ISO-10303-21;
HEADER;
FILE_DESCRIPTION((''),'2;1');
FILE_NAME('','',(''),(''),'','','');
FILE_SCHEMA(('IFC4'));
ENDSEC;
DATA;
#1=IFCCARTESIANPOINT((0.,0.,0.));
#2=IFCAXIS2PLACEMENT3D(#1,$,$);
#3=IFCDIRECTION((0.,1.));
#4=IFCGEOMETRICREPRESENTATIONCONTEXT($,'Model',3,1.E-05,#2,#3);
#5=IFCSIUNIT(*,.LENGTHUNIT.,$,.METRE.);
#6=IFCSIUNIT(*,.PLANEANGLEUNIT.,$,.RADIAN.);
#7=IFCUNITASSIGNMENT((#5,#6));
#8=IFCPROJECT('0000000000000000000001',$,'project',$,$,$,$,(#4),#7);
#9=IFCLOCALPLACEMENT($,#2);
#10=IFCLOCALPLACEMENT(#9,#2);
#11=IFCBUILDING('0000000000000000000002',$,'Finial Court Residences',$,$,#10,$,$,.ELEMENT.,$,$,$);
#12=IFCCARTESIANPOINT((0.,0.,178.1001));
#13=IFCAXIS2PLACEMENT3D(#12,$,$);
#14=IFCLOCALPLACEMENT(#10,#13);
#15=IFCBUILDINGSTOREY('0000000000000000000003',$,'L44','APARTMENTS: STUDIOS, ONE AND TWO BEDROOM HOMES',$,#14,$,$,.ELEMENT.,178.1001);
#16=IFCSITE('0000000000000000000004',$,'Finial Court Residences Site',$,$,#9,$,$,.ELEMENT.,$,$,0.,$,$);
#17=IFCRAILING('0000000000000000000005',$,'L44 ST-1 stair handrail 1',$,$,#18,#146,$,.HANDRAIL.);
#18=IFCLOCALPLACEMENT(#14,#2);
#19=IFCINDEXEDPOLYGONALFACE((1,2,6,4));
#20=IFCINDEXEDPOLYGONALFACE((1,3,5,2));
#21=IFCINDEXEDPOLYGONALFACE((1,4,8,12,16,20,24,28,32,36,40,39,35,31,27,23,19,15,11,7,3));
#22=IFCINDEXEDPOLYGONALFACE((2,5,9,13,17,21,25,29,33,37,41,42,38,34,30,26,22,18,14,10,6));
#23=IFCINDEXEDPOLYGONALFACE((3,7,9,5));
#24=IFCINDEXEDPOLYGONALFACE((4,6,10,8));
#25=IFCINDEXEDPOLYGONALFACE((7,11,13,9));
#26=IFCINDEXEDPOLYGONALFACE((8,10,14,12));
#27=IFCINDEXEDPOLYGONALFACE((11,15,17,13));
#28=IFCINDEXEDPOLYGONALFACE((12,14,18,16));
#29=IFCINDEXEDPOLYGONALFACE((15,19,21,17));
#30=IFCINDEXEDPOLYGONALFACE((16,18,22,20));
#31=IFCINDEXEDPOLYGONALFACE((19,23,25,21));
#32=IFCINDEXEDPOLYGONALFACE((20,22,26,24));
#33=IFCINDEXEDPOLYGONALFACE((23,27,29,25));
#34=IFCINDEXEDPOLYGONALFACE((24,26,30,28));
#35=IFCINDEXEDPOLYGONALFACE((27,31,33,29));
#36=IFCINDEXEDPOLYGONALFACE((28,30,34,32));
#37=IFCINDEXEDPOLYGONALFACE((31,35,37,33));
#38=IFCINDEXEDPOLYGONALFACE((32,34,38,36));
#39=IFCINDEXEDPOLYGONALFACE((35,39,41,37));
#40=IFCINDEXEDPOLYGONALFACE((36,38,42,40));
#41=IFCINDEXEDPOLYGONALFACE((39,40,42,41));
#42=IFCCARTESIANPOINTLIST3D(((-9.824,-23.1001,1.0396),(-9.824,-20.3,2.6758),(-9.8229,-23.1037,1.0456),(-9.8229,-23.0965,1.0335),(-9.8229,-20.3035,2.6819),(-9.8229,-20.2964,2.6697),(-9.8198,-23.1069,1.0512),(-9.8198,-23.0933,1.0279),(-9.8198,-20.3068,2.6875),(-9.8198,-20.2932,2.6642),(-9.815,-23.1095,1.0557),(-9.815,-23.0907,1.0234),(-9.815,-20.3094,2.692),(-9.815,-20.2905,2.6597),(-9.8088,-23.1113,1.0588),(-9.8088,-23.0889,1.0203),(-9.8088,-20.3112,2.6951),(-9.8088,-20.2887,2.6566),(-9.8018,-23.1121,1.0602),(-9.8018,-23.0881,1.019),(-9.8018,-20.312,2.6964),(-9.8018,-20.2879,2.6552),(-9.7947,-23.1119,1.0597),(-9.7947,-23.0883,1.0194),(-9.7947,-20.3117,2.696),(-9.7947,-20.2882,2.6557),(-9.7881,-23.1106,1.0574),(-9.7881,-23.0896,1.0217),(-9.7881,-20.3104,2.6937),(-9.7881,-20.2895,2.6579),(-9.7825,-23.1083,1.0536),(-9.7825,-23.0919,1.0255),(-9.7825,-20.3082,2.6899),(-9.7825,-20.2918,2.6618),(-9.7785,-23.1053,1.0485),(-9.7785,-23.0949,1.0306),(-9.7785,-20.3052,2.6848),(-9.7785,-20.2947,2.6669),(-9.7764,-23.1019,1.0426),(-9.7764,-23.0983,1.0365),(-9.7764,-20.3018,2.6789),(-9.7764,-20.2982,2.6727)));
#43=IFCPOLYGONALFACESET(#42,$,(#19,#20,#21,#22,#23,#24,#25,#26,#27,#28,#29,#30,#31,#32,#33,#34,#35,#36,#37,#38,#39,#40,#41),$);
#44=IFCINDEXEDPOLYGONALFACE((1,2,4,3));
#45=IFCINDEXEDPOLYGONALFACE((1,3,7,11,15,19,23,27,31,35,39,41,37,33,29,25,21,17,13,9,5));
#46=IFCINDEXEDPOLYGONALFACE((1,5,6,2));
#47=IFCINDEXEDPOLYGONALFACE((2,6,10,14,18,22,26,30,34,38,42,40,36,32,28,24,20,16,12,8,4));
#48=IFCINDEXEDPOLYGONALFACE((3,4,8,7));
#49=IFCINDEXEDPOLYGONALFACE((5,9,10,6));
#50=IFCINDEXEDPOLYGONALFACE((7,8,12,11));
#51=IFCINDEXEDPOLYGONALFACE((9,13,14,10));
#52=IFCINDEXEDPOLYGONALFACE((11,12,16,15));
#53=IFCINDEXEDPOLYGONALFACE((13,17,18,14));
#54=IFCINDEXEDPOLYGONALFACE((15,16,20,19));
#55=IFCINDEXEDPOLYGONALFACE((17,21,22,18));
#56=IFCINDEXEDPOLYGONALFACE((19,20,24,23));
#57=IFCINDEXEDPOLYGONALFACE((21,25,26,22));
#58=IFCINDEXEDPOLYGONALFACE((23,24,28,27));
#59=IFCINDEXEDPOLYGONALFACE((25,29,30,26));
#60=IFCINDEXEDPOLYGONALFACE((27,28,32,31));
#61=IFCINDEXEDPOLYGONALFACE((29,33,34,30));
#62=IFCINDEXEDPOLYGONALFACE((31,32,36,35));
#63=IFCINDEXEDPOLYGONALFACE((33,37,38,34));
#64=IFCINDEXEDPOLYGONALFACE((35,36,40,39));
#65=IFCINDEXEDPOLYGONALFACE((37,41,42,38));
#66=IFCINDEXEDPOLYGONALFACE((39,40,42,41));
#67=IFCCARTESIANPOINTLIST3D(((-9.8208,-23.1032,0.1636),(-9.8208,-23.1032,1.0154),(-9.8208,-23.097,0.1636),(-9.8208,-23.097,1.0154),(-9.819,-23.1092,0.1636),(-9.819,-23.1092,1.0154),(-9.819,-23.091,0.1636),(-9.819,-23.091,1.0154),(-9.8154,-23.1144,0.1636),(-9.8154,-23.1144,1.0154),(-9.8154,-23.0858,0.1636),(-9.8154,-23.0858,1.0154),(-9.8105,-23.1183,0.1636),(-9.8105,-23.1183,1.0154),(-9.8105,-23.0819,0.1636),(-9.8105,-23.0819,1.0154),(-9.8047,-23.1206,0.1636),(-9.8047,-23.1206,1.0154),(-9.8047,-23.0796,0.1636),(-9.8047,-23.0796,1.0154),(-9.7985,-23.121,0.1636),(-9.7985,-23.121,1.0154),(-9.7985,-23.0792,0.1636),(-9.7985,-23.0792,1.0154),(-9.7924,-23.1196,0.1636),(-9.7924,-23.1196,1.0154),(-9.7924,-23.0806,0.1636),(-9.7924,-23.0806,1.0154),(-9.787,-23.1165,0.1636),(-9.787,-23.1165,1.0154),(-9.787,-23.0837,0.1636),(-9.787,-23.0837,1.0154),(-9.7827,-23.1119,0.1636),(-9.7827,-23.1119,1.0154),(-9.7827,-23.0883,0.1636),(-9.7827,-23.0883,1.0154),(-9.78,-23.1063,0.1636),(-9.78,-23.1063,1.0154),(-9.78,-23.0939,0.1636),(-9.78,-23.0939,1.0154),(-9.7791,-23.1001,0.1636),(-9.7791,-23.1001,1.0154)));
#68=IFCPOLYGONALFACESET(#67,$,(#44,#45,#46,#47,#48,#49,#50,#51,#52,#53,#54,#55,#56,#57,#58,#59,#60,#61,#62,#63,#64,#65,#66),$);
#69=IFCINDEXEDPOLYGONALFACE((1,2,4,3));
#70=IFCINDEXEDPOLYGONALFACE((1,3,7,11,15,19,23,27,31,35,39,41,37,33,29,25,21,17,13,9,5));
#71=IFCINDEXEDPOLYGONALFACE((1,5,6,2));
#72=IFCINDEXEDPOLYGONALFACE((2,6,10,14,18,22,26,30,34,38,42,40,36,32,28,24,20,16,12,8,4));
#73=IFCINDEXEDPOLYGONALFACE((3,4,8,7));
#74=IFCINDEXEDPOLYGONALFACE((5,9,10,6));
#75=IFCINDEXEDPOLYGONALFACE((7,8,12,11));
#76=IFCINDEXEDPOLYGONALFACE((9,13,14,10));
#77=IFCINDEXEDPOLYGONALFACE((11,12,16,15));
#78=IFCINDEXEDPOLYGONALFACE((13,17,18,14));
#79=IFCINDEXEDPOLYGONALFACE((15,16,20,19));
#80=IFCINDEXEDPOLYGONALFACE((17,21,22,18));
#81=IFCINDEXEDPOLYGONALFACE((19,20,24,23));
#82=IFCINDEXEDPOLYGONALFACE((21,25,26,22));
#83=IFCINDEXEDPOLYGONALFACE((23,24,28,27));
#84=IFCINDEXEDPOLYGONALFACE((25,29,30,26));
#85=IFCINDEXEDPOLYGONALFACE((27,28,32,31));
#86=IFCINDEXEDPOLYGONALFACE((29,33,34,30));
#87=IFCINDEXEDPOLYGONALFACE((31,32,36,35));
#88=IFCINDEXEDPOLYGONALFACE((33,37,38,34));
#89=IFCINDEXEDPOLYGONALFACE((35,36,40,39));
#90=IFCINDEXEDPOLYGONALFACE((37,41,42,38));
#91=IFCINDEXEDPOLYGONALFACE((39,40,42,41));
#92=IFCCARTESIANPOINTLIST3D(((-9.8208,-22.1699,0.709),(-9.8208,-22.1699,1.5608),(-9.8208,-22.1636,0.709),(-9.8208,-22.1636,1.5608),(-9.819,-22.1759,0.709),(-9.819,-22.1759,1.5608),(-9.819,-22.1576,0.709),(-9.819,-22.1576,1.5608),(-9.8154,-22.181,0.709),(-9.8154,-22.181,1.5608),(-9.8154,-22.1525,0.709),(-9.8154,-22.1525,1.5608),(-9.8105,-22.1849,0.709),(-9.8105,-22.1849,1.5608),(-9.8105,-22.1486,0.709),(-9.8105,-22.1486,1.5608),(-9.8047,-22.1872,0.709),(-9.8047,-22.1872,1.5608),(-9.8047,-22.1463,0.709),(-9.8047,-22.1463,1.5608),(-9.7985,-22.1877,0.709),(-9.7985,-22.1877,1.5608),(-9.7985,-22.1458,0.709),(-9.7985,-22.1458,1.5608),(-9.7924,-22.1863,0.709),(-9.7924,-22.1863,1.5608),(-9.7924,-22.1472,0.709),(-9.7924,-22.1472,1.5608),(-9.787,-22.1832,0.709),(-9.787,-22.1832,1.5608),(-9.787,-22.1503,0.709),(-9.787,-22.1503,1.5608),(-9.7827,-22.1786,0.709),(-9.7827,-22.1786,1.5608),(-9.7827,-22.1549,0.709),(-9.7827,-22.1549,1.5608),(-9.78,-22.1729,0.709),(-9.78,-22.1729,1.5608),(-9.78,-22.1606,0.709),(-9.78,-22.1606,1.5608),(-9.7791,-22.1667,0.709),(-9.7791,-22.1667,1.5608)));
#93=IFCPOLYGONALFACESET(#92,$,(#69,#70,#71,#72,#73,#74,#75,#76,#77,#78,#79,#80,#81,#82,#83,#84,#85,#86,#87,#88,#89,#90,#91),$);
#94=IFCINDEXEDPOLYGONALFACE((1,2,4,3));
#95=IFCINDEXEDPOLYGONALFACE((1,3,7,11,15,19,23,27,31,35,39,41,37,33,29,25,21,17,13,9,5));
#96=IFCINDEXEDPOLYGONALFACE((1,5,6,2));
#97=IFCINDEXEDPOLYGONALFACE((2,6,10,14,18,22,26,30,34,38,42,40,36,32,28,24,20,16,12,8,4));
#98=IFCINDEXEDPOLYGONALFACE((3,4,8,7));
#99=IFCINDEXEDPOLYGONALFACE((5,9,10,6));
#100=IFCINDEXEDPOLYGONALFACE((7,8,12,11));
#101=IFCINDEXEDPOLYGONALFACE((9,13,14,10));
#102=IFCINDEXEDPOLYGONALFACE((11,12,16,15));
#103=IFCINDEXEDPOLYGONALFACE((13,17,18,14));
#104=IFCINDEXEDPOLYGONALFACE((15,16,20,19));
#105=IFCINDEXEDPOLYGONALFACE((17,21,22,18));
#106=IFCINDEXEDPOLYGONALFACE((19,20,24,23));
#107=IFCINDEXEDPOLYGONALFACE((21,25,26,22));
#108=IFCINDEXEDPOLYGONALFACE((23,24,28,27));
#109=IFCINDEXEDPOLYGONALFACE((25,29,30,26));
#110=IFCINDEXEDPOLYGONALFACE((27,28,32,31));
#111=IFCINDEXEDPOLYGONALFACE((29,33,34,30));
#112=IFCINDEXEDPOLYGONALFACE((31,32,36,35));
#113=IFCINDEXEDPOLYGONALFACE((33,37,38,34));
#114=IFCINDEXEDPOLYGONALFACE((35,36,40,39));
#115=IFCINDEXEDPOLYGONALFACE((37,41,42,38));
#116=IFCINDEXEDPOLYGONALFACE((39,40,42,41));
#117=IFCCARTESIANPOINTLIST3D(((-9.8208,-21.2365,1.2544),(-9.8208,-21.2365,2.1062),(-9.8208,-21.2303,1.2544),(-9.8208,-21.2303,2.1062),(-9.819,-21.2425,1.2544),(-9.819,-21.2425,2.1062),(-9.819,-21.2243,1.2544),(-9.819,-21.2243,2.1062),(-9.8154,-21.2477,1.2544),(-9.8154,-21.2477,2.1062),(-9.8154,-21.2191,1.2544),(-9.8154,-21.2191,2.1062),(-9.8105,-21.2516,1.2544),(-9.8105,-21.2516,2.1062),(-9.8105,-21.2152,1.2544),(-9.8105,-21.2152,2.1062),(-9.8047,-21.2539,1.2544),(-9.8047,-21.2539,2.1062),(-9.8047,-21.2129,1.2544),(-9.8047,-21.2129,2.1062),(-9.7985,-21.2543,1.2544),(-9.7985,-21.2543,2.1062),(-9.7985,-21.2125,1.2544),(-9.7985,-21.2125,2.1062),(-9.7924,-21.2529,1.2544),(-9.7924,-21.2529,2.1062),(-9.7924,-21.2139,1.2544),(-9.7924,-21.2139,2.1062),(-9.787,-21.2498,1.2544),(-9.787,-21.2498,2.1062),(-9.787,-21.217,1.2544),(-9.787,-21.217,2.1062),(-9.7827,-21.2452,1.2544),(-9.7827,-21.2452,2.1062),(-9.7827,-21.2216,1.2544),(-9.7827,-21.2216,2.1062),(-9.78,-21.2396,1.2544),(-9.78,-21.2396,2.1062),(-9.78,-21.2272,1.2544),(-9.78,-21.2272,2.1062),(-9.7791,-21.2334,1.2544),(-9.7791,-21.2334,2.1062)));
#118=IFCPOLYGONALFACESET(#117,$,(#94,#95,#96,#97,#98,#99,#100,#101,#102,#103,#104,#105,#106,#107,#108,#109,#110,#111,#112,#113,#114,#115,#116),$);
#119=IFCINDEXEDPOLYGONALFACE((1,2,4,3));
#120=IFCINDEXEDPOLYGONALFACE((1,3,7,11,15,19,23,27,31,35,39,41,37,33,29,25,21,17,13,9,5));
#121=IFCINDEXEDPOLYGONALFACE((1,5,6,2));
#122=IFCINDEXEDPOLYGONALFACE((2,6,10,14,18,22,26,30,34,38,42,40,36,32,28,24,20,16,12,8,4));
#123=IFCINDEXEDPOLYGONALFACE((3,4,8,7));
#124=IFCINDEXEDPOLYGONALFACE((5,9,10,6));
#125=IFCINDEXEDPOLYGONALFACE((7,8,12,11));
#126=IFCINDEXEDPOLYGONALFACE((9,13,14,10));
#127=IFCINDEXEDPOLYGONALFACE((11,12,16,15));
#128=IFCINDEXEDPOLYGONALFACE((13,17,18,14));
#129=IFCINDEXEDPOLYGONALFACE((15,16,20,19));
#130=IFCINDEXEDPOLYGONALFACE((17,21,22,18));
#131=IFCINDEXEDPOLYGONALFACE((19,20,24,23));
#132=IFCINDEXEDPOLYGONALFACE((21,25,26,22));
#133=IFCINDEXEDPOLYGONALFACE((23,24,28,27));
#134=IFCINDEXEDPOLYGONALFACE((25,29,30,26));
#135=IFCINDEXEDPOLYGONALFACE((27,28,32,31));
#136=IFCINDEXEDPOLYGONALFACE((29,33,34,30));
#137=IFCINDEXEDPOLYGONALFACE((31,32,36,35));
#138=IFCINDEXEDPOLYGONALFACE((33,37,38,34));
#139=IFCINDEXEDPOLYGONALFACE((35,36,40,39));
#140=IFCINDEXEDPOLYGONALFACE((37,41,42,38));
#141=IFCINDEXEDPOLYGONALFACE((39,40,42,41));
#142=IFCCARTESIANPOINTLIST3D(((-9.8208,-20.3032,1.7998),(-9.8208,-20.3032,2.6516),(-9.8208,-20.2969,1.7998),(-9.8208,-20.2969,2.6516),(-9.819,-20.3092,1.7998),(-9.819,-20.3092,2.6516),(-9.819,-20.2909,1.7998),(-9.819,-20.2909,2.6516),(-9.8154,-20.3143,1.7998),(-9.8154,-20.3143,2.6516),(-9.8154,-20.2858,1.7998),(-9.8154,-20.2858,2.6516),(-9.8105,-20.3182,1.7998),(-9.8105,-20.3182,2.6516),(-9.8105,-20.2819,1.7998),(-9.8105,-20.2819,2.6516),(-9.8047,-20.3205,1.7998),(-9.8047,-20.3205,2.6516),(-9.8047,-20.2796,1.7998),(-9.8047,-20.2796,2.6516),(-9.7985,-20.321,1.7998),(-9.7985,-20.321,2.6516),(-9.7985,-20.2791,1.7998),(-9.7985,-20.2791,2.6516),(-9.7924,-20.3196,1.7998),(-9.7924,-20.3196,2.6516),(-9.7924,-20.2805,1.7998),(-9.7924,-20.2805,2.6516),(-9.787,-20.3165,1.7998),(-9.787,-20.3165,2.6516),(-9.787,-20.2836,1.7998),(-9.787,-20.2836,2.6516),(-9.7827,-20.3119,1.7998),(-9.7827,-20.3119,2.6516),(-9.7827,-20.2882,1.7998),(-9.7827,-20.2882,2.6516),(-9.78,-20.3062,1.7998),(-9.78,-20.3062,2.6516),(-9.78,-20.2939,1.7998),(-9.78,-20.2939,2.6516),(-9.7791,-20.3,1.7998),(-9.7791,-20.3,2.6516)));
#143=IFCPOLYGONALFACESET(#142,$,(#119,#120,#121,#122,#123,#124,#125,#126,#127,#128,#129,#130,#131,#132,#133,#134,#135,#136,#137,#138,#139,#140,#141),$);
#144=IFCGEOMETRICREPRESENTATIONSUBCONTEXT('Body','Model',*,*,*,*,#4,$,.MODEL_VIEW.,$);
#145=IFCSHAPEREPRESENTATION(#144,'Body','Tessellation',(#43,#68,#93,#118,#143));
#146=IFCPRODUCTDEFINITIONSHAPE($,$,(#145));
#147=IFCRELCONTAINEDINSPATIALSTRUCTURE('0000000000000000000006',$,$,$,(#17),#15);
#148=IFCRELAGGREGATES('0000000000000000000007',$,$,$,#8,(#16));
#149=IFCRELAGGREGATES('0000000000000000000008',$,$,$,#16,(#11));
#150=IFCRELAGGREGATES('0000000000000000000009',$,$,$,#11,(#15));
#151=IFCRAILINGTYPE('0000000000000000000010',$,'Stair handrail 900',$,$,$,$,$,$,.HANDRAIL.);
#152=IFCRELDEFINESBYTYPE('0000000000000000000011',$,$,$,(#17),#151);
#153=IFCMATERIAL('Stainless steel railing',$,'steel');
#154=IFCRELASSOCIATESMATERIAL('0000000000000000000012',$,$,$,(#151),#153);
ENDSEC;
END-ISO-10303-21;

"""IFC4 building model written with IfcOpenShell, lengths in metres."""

from ifc_helpers import new_model, si_unit, direction, frame, origin, origin_2d, place, context, subcontext, project, spatial, circle, extrude, material, type_object, element, save


model = new_model("IFC4")

# Units and contexts
model_context = context("Model", 3, precision=1e-05, world=origin(), true_north=direction((0.0, 1.0)))
body_context = subcontext(model_context, "Body", "Model", "MODEL_VIEW")
ifc_project = project(units=[si_unit("LENGTHUNIT", "METRE"), si_unit("PLANEANGLEUNIT", "RADIAN")], contexts=[model_context])

# Site, building, storey
site_placement = place(None, origin())
site = spatial("IfcSite", under=ifc_project, at=site_placement, Name="Finial Court Residences Site", CompositionType="ELEMENT", RefElevation=0.0)
building_placement = place(site_placement, origin())
building = spatial("IfcBuilding", under=site, at=building_placement, Name="Finial Court Residences", CompositionType="ELEMENT")
storey_placement = place(building_placement, frame((0.0, 0.0, 178.1001)))
storey = spatial("IfcBuildingStorey", under=building, at=storey_placement, Name="L44", Description="APARTMENTS: STUDIOS, ONE AND TWO BEDROOM HOMES", CompositionType="ELEMENT", Elevation=178.1001)

# Railing
ifc_material_1 = material(Name="Stainless steel railing", Category="steel")
railing_type_1 = type_object("IfcRailingType", Name="Stair handrail 900", PredefinedType="HANDRAIL", material=ifc_material_1)
railing_1_placement = place(storey_placement, frame((-9.8, -23.1001, 0.1636)))
element("IfcRailing", 1, at=railing_1_placement, inside=storey, type_object=railing_type_1, Name="L44 ST-1 stair handrail 1", PredefinedType="HANDRAIL", context=body_context, shape_type="SweptSolid", body=[
    extrude(circle(Radius=0.0239, at=origin_2d()), frame((0.0, 0.0, 0.876), z_axis=(0.0, 0.863394, 0.504531), x_axis=(-1.0, 0.0, 0.0)), (0.0, 0.0, 1.0), 3.2432),
    extrude(circle(Radius=0.021, at=origin_2d()), origin(), (0.0, 0.0, 1.0), 0.8518),
    extrude(circle(Radius=0.021, at=origin_2d()), frame((0.0, 0.9333, 0.5454)), (0.0, 0.0, 1.0), 0.8518),
    extrude(circle(Radius=0.021, at=origin_2d()), frame((0.0, 1.8667, 1.0908)), (0.0, 0.0, 1.0), 0.8518),
    extrude(circle(Radius=0.021, at=origin_2d()), frame((0.0, 2.8, 1.6362)), (0.0, 0.0, 1.0), 0.8518),
])

save(model, "model.ifc")
